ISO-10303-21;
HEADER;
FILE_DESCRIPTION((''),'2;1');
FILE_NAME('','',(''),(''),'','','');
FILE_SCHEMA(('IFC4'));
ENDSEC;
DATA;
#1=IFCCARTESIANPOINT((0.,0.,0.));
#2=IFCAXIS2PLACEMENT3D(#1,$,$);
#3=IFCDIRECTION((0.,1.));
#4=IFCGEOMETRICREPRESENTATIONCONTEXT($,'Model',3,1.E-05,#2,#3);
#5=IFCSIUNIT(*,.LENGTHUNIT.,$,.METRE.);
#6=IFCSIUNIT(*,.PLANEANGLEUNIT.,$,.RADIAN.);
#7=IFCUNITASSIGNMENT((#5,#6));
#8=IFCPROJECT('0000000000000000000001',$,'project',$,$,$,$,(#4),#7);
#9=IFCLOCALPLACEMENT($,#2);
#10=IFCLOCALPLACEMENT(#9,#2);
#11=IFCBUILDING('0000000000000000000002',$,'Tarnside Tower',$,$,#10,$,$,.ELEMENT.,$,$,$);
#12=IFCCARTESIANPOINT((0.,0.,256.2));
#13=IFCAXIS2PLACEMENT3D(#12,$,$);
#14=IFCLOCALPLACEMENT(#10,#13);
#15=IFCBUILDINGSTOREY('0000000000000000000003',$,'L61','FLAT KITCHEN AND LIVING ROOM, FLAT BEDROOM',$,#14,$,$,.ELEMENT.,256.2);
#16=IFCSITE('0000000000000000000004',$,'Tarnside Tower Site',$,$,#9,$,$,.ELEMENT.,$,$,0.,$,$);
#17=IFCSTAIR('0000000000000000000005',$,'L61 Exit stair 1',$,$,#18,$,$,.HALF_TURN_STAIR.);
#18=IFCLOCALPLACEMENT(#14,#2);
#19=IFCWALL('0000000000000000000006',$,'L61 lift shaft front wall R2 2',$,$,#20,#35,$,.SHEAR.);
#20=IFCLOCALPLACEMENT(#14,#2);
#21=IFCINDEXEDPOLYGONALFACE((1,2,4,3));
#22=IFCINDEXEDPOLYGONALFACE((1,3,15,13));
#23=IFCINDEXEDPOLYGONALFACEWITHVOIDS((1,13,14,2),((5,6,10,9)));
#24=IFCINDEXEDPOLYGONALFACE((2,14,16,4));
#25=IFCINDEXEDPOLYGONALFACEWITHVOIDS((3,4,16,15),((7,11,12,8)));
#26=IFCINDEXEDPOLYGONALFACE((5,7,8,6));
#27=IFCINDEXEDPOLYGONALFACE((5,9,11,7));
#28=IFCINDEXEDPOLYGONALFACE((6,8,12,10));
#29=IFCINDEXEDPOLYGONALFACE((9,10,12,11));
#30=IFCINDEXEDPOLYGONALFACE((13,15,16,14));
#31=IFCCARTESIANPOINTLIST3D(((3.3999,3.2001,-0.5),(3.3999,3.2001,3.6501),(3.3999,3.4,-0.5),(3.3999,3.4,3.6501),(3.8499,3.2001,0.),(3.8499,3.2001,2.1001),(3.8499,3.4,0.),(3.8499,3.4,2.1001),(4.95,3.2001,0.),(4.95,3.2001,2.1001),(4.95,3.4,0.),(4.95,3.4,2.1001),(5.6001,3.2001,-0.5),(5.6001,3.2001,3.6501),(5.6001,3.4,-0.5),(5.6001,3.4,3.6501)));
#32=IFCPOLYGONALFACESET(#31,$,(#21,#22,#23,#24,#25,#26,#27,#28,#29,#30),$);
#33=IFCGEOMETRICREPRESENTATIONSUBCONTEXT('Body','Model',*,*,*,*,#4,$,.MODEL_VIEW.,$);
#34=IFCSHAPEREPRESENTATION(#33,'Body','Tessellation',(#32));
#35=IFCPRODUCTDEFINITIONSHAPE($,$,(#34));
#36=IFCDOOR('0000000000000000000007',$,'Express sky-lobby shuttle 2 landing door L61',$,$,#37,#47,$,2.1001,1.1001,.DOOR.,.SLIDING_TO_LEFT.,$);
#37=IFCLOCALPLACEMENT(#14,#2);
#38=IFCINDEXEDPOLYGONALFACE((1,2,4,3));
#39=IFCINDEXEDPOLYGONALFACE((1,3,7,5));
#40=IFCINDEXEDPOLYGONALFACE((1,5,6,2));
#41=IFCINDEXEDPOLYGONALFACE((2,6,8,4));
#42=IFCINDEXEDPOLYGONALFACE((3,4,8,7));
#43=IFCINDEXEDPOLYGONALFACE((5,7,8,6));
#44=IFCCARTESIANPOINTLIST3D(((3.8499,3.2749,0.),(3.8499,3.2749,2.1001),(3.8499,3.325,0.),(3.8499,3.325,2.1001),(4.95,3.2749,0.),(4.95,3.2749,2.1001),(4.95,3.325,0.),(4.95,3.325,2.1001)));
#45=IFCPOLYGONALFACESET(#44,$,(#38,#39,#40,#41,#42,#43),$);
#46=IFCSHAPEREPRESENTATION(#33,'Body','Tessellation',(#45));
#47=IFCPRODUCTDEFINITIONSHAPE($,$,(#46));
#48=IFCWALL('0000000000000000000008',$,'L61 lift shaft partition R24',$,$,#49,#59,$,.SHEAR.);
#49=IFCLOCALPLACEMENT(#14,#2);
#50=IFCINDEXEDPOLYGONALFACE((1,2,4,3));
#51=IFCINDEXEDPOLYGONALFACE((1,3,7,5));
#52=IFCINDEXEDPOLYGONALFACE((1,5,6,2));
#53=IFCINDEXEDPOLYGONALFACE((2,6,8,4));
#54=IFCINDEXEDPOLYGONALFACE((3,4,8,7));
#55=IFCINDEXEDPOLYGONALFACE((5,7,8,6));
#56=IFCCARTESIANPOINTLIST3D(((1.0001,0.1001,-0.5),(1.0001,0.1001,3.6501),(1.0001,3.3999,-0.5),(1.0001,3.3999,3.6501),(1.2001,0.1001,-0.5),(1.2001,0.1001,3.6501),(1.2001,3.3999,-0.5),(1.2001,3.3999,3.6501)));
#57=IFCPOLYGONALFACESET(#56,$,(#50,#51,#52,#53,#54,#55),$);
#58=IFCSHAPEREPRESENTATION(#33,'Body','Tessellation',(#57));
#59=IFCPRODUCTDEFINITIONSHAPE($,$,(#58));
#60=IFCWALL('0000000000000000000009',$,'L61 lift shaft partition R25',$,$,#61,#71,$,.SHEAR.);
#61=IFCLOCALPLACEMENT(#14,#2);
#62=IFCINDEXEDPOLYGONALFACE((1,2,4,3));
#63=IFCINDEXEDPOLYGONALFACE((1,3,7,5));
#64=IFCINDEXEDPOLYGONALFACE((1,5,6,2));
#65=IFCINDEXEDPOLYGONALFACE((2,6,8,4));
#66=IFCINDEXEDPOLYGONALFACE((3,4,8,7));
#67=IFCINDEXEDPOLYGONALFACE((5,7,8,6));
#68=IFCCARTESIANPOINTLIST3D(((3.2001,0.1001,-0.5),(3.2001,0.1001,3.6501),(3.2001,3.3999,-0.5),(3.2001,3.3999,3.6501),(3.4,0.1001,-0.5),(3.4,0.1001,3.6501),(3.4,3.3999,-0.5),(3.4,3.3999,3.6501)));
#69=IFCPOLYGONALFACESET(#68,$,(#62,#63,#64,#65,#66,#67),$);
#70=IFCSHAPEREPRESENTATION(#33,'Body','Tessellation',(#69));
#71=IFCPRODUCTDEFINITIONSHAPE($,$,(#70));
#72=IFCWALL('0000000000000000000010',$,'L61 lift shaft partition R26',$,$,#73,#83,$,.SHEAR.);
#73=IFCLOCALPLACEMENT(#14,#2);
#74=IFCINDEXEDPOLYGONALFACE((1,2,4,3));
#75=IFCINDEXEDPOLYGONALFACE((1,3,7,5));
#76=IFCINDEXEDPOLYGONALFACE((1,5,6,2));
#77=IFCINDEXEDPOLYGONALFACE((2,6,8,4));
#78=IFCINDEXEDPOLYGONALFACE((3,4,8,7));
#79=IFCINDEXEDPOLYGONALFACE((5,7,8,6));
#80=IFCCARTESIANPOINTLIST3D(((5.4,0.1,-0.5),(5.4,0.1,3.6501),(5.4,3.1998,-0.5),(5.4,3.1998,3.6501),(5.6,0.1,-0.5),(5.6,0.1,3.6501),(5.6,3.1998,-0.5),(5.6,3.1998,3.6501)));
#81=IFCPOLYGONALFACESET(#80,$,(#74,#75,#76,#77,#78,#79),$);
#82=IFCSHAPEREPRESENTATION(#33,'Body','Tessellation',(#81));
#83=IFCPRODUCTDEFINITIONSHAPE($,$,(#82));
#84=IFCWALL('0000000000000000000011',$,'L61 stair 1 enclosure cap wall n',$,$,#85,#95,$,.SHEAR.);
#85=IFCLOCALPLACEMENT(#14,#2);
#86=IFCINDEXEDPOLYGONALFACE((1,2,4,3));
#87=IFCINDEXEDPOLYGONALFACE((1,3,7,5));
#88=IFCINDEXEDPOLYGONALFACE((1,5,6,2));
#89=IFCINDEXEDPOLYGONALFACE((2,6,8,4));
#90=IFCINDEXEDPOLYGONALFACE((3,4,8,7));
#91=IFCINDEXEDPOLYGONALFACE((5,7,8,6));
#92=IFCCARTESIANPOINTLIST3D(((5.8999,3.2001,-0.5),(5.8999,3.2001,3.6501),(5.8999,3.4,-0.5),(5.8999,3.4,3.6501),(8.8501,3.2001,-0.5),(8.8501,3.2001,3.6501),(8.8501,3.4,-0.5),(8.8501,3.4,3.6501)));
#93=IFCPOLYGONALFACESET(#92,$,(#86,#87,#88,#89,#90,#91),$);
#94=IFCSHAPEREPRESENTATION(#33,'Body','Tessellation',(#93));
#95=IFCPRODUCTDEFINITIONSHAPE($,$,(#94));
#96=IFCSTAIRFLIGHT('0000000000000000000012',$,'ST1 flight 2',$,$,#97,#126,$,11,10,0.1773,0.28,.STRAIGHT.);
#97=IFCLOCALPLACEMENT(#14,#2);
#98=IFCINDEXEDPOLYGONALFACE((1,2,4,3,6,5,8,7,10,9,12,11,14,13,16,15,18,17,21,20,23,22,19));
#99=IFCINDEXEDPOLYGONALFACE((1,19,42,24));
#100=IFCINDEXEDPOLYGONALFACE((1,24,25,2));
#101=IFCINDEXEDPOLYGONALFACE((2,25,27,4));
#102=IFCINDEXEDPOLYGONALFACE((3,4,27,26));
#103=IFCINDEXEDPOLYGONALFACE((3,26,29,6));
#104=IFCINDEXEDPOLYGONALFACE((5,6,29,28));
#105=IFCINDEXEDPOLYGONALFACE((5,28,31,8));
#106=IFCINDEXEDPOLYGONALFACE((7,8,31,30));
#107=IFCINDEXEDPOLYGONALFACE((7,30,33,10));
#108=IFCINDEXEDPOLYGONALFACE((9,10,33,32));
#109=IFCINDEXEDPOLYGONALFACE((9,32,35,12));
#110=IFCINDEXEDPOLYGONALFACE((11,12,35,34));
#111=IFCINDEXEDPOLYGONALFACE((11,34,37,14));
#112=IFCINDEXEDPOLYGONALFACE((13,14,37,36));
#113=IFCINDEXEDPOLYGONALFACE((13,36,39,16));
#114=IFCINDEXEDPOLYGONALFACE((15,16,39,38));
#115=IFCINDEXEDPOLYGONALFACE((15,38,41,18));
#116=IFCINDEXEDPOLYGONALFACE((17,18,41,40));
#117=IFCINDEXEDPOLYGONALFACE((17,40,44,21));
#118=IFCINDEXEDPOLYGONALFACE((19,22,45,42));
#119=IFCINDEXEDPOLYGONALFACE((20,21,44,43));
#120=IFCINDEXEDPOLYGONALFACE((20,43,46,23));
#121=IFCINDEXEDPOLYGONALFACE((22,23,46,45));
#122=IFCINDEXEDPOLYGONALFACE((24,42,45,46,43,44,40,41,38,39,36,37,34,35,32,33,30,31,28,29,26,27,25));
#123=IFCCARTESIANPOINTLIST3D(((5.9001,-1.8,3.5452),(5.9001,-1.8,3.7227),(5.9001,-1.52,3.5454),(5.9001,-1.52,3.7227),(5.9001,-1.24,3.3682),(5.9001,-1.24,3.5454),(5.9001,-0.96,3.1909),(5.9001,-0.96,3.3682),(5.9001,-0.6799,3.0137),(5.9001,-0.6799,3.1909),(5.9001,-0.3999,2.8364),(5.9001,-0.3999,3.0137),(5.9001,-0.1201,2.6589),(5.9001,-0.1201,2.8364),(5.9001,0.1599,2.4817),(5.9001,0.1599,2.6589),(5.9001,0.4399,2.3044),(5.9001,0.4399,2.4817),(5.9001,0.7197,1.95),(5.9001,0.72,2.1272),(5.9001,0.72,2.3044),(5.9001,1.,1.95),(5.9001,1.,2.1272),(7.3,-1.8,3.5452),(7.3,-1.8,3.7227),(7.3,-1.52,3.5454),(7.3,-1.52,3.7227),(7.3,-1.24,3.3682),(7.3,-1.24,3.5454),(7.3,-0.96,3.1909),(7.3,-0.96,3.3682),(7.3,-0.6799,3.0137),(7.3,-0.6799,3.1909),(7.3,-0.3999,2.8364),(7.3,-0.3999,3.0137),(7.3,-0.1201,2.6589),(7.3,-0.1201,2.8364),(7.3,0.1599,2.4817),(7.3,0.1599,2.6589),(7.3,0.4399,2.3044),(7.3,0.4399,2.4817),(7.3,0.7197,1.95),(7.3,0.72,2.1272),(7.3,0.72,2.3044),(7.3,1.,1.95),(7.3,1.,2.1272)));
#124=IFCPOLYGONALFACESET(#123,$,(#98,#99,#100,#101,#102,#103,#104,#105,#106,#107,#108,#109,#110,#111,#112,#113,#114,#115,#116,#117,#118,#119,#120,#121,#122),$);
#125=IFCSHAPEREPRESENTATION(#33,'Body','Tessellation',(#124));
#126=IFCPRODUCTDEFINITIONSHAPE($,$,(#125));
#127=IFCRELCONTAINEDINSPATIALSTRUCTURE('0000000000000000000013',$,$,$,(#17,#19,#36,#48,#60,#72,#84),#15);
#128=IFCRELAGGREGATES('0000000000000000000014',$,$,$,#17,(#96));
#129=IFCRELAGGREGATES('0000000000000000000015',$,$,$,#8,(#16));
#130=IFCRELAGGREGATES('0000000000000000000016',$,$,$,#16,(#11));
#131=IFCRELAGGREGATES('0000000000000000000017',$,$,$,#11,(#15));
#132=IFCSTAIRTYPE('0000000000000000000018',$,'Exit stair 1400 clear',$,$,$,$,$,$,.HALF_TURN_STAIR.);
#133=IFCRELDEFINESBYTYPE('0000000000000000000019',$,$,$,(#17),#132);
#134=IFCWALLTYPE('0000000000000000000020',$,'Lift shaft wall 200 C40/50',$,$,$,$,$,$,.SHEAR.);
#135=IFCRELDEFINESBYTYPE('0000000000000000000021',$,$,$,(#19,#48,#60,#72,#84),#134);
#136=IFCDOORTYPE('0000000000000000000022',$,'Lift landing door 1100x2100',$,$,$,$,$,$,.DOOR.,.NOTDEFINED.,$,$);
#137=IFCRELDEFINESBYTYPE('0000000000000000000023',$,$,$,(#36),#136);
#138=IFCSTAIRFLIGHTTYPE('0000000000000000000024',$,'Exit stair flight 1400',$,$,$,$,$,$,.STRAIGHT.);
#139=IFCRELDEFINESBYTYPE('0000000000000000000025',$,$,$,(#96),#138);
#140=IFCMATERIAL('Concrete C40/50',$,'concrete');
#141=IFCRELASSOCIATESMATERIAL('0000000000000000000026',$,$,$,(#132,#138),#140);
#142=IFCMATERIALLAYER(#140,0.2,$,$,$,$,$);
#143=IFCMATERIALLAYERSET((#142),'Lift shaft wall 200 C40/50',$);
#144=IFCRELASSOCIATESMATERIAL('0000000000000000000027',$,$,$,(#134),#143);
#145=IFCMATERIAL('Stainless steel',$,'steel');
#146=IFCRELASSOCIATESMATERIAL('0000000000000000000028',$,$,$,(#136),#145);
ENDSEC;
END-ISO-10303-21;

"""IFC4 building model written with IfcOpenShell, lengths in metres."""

from ifc_helpers import new_model, si_unit, direction, frame, frame_2d, origin, place, context, subcontext, project, spatial, polyline, rectangle, outline, extrude, material, layer, layer_set, type_object, element, fill, aggregate, save


model = new_model("IFC4")

# Units and contexts
model_context = context("Model", 3, precision=1e-05, world=origin(), true_north=direction((0.0, 1.0)))
body_context = subcontext(model_context, "Body", "Model", "MODEL_VIEW")
ifc_project = project(units=[si_unit("LENGTHUNIT", "METRE"), si_unit("PLANEANGLEUNIT", "RADIAN")], contexts=[model_context])

# Site, building, storey
site_placement = place(None, origin())
site = spatial("IfcSite", under=ifc_project, at=site_placement, Name="Tarnside Tower Site", CompositionType="ELEMENT", RefElevation=0.0)
building_placement = place(site_placement, origin())
building = spatial("IfcBuilding", under=site, at=building_placement, Name="Tarnside Tower", CompositionType="ELEMENT")
storey_placement = place(building_placement, frame((0.0, 0.0, 256.2)))
storey = spatial("IfcBuildingStorey", under=building, at=storey_placement, Name="L61", Description="FLAT KITCHEN AND LIVING ROOM, FLAT BEDROOM", CompositionType="ELEMENT", Elevation=256.2)

# Stair
ifc_material_1 = material(Name="Concrete C40/50", Category="concrete")
stair_type = type_object("IfcStairType", Name="Exit stair 1400 clear", PredefinedType="HALF_TURN_STAIR", material=ifc_material_1)
stair_1_placement = place(storey_placement, origin())
stair_1 = element("IfcStair", 1, at=stair_1_placement, inside=storey, type_object=stair_type, Name="L61 Exit stair 1", PredefinedType="HALF_TURN_STAIR")

# Shared definitions
ifc_layer_1 = layer(ifc_material_1, 0.2)
ifc_layer_set_1 = layer_set([ifc_layer_1], Name="Lift shaft wall 200 C40/50")
wall_type_1 = type_object("IfcWallType", Name="Lift shaft wall 200 C40/50", PredefinedType="SHEAR", material=ifc_layer_set_1)

# Wall, opening, door
wall_1_placement = place(storey_placement, frame((3.3999, 3.3, -0.5), z_axis=(0.0, 0.0, 1.0), x_axis=(1.0, 0.0, 0.0)))
wall_1 = element("IfcWall", 2, at=wall_1_placement, inside=storey, type_object=wall_type_1, Name="L61 lift shaft front wall R2 2", PredefinedType="SHEAR", context=body_context, shape_type="SweptSolid", body=[
    extrude(rectangle(XDim=2.2002, YDim=0.2, at=frame_2d((1.1001, 0.0))), origin(), (0.0, 0.0, 1.0), 4.1501),
])
opening_1_placement = place(wall_1_placement, frame((0.45, 0.0, 0.5)))
opening_1 = element("IfcOpeningElement", 3, at=opening_1_placement, cuts=wall_1, PredefinedType="OPENING", context=body_context, shape_type="SweptSolid", body=[
    extrude(rectangle(XDim=1.1001, YDim=2.1001, at=frame_2d((0.55, 1.05))), frame((0.0, 0.1099, 0.0), z_axis=(0.0, -1.0, 0.0), x_axis=(1.0, 0.0, 0.0)), (0.0, 0.0, 1.0), 0.22),
])
ifc_material_2 = material(Name="Stainless steel", Category="steel")
door_type_1 = type_object("IfcDoorType", Name="Lift landing door 1100x2100", OperationType="NOTDEFINED", PredefinedType="DOOR", material=ifc_material_2)
door_1_placement = place(opening_1_placement, origin())
door_1 = element("IfcDoor", 4, at=door_1_placement, inside=storey, type_object=door_type_1, Name="Express sky-lobby shuttle 2 landing door L61", OperationType="SLIDING_TO_LEFT", OverallHeight=2.1001, OverallWidth=1.1001, PredefinedType="DOOR", context=body_context, shape_type="SweptSolid", body=[
    extrude(rectangle(XDim=1.1001, YDim=2.1001, at=frame_2d((0.55, 1.05))), frame((0.0, 0.0249, 0.0), z_axis=(0.0, -1.0, 0.0), x_axis=(1.0, 0.0, 0.0)), (0.0, 0.0, 1.0), 0.05),
])
fill(opening_1, door_1)

# Walls
for number, where, z_axis, x_axis, name in (
    (5, (1.1001, 0.1001, -0.5), (0.0, 0.0, 1.0), (0.0, 1.0, 0.0), "L61 lift shaft partition R24"),
    (6, (3.3, 0.1001, -0.5), (0.0, 0.0, 1.0), (0.0, 1.0, 0.0), "L61 lift shaft partition R25"),
):
    element("IfcWall", number, at=place(storey_placement, frame(where, z_axis=z_axis, x_axis=x_axis)), inside=storey, type_object=wall_type_1, Name=name, PredefinedType="SHEAR", context=body_context, shape_type="SweptSolid", body=[
        extrude(rectangle(XDim=3.2998, YDim=0.2, at=frame_2d((1.6499, 0.0))), origin(), (0.0, 0.0, 1.0), 4.1501),
    ])
wall_2_placement = place(storey_placement, frame((5.5, 0.1001, -0.5), z_axis=(0.0, 0.0, 1.0), x_axis=(0.0, 1.0, 0.0)))
element("IfcWall", 7, at=wall_2_placement, inside=storey, type_object=wall_type_1, Name="L61 lift shaft partition R26", PredefinedType="SHEAR", context=body_context, shape_type="SweptSolid", body=[
    extrude(rectangle(XDim=3.0999, YDim=0.2, at=frame_2d((1.5498, 0.0))), origin(), (0.0, 0.0, 1.0), 4.1501),
])
wall_3_placement = place(storey_placement, frame((5.8999, 3.3, -0.5), z_axis=(0.0, 0.0, 1.0), x_axis=(1.0, 0.0, 0.0)))
element("IfcWall", 8, at=wall_3_placement, inside=storey, type_object=wall_type_1, Name="L61 stair 1 enclosure cap wall n", PredefinedType="SHEAR", context=body_context, shape_type="SweptSolid", body=[
    extrude(rectangle(XDim=2.9502, YDim=0.2, at=frame_2d((1.4751, 0.0))), origin(), (0.0, 0.0, 1.0), 4.1501),
])

# Stair flight
stair_flight_type = type_object("IfcStairFlightType", Name="Exit stair flight 1400", PredefinedType="STRAIGHT", material=ifc_material_1)
stair_flight_placement = place(storey_placement, frame((6.6001, 1.0, 1.95), z_axis=(0.0, 0.0, 1.0), x_axis=(0.0, -1.0, 0.0)))
stair_flight = element("IfcStairFlight", 9, at=stair_flight_placement, type_object=stair_flight_type, Name="ST1 flight 2", NumberOfRisers=11, NumberOfTreads=10, PredefinedType="STRAIGHT", RiserHeight=0.1773, TreadLength=0.28, context=body_context, shape_type="SweptSolid", body=[
    extrude(outline(polyline([(0.0, 0.0), (0.0, 0.1772), (0.28, 0.1772), (0.28, 0.3545), (0.5601, 0.3545), (0.5601, 0.5317), (0.8401, 0.5317), (0.8401, 0.709), (1.1201, 0.709), (1.1201, 0.8865), (1.3999, 0.8865), (1.3999, 1.0637), (1.6799, 1.0637), (1.6799, 1.241), (1.96, 1.241), (1.96, 1.4182), (2.24, 1.4182), (2.24, 1.5955), (2.52, 1.5955), (2.52, 1.7727), (2.8, 1.7727), (2.8, 1.95), (2.8, 1.5952), (0.2803, 0.0), (0.0, 0.0)])), frame((0.0, 0.7, 0.0), z_axis=(0.0, -1.0, 0.0), x_axis=(1.0, 0.0, 0.0)), (0.0, 0.0, 1.0), 1.3999),
])
aggregate(stair_1, [stair_flight])

save(model, "model.ifc")
